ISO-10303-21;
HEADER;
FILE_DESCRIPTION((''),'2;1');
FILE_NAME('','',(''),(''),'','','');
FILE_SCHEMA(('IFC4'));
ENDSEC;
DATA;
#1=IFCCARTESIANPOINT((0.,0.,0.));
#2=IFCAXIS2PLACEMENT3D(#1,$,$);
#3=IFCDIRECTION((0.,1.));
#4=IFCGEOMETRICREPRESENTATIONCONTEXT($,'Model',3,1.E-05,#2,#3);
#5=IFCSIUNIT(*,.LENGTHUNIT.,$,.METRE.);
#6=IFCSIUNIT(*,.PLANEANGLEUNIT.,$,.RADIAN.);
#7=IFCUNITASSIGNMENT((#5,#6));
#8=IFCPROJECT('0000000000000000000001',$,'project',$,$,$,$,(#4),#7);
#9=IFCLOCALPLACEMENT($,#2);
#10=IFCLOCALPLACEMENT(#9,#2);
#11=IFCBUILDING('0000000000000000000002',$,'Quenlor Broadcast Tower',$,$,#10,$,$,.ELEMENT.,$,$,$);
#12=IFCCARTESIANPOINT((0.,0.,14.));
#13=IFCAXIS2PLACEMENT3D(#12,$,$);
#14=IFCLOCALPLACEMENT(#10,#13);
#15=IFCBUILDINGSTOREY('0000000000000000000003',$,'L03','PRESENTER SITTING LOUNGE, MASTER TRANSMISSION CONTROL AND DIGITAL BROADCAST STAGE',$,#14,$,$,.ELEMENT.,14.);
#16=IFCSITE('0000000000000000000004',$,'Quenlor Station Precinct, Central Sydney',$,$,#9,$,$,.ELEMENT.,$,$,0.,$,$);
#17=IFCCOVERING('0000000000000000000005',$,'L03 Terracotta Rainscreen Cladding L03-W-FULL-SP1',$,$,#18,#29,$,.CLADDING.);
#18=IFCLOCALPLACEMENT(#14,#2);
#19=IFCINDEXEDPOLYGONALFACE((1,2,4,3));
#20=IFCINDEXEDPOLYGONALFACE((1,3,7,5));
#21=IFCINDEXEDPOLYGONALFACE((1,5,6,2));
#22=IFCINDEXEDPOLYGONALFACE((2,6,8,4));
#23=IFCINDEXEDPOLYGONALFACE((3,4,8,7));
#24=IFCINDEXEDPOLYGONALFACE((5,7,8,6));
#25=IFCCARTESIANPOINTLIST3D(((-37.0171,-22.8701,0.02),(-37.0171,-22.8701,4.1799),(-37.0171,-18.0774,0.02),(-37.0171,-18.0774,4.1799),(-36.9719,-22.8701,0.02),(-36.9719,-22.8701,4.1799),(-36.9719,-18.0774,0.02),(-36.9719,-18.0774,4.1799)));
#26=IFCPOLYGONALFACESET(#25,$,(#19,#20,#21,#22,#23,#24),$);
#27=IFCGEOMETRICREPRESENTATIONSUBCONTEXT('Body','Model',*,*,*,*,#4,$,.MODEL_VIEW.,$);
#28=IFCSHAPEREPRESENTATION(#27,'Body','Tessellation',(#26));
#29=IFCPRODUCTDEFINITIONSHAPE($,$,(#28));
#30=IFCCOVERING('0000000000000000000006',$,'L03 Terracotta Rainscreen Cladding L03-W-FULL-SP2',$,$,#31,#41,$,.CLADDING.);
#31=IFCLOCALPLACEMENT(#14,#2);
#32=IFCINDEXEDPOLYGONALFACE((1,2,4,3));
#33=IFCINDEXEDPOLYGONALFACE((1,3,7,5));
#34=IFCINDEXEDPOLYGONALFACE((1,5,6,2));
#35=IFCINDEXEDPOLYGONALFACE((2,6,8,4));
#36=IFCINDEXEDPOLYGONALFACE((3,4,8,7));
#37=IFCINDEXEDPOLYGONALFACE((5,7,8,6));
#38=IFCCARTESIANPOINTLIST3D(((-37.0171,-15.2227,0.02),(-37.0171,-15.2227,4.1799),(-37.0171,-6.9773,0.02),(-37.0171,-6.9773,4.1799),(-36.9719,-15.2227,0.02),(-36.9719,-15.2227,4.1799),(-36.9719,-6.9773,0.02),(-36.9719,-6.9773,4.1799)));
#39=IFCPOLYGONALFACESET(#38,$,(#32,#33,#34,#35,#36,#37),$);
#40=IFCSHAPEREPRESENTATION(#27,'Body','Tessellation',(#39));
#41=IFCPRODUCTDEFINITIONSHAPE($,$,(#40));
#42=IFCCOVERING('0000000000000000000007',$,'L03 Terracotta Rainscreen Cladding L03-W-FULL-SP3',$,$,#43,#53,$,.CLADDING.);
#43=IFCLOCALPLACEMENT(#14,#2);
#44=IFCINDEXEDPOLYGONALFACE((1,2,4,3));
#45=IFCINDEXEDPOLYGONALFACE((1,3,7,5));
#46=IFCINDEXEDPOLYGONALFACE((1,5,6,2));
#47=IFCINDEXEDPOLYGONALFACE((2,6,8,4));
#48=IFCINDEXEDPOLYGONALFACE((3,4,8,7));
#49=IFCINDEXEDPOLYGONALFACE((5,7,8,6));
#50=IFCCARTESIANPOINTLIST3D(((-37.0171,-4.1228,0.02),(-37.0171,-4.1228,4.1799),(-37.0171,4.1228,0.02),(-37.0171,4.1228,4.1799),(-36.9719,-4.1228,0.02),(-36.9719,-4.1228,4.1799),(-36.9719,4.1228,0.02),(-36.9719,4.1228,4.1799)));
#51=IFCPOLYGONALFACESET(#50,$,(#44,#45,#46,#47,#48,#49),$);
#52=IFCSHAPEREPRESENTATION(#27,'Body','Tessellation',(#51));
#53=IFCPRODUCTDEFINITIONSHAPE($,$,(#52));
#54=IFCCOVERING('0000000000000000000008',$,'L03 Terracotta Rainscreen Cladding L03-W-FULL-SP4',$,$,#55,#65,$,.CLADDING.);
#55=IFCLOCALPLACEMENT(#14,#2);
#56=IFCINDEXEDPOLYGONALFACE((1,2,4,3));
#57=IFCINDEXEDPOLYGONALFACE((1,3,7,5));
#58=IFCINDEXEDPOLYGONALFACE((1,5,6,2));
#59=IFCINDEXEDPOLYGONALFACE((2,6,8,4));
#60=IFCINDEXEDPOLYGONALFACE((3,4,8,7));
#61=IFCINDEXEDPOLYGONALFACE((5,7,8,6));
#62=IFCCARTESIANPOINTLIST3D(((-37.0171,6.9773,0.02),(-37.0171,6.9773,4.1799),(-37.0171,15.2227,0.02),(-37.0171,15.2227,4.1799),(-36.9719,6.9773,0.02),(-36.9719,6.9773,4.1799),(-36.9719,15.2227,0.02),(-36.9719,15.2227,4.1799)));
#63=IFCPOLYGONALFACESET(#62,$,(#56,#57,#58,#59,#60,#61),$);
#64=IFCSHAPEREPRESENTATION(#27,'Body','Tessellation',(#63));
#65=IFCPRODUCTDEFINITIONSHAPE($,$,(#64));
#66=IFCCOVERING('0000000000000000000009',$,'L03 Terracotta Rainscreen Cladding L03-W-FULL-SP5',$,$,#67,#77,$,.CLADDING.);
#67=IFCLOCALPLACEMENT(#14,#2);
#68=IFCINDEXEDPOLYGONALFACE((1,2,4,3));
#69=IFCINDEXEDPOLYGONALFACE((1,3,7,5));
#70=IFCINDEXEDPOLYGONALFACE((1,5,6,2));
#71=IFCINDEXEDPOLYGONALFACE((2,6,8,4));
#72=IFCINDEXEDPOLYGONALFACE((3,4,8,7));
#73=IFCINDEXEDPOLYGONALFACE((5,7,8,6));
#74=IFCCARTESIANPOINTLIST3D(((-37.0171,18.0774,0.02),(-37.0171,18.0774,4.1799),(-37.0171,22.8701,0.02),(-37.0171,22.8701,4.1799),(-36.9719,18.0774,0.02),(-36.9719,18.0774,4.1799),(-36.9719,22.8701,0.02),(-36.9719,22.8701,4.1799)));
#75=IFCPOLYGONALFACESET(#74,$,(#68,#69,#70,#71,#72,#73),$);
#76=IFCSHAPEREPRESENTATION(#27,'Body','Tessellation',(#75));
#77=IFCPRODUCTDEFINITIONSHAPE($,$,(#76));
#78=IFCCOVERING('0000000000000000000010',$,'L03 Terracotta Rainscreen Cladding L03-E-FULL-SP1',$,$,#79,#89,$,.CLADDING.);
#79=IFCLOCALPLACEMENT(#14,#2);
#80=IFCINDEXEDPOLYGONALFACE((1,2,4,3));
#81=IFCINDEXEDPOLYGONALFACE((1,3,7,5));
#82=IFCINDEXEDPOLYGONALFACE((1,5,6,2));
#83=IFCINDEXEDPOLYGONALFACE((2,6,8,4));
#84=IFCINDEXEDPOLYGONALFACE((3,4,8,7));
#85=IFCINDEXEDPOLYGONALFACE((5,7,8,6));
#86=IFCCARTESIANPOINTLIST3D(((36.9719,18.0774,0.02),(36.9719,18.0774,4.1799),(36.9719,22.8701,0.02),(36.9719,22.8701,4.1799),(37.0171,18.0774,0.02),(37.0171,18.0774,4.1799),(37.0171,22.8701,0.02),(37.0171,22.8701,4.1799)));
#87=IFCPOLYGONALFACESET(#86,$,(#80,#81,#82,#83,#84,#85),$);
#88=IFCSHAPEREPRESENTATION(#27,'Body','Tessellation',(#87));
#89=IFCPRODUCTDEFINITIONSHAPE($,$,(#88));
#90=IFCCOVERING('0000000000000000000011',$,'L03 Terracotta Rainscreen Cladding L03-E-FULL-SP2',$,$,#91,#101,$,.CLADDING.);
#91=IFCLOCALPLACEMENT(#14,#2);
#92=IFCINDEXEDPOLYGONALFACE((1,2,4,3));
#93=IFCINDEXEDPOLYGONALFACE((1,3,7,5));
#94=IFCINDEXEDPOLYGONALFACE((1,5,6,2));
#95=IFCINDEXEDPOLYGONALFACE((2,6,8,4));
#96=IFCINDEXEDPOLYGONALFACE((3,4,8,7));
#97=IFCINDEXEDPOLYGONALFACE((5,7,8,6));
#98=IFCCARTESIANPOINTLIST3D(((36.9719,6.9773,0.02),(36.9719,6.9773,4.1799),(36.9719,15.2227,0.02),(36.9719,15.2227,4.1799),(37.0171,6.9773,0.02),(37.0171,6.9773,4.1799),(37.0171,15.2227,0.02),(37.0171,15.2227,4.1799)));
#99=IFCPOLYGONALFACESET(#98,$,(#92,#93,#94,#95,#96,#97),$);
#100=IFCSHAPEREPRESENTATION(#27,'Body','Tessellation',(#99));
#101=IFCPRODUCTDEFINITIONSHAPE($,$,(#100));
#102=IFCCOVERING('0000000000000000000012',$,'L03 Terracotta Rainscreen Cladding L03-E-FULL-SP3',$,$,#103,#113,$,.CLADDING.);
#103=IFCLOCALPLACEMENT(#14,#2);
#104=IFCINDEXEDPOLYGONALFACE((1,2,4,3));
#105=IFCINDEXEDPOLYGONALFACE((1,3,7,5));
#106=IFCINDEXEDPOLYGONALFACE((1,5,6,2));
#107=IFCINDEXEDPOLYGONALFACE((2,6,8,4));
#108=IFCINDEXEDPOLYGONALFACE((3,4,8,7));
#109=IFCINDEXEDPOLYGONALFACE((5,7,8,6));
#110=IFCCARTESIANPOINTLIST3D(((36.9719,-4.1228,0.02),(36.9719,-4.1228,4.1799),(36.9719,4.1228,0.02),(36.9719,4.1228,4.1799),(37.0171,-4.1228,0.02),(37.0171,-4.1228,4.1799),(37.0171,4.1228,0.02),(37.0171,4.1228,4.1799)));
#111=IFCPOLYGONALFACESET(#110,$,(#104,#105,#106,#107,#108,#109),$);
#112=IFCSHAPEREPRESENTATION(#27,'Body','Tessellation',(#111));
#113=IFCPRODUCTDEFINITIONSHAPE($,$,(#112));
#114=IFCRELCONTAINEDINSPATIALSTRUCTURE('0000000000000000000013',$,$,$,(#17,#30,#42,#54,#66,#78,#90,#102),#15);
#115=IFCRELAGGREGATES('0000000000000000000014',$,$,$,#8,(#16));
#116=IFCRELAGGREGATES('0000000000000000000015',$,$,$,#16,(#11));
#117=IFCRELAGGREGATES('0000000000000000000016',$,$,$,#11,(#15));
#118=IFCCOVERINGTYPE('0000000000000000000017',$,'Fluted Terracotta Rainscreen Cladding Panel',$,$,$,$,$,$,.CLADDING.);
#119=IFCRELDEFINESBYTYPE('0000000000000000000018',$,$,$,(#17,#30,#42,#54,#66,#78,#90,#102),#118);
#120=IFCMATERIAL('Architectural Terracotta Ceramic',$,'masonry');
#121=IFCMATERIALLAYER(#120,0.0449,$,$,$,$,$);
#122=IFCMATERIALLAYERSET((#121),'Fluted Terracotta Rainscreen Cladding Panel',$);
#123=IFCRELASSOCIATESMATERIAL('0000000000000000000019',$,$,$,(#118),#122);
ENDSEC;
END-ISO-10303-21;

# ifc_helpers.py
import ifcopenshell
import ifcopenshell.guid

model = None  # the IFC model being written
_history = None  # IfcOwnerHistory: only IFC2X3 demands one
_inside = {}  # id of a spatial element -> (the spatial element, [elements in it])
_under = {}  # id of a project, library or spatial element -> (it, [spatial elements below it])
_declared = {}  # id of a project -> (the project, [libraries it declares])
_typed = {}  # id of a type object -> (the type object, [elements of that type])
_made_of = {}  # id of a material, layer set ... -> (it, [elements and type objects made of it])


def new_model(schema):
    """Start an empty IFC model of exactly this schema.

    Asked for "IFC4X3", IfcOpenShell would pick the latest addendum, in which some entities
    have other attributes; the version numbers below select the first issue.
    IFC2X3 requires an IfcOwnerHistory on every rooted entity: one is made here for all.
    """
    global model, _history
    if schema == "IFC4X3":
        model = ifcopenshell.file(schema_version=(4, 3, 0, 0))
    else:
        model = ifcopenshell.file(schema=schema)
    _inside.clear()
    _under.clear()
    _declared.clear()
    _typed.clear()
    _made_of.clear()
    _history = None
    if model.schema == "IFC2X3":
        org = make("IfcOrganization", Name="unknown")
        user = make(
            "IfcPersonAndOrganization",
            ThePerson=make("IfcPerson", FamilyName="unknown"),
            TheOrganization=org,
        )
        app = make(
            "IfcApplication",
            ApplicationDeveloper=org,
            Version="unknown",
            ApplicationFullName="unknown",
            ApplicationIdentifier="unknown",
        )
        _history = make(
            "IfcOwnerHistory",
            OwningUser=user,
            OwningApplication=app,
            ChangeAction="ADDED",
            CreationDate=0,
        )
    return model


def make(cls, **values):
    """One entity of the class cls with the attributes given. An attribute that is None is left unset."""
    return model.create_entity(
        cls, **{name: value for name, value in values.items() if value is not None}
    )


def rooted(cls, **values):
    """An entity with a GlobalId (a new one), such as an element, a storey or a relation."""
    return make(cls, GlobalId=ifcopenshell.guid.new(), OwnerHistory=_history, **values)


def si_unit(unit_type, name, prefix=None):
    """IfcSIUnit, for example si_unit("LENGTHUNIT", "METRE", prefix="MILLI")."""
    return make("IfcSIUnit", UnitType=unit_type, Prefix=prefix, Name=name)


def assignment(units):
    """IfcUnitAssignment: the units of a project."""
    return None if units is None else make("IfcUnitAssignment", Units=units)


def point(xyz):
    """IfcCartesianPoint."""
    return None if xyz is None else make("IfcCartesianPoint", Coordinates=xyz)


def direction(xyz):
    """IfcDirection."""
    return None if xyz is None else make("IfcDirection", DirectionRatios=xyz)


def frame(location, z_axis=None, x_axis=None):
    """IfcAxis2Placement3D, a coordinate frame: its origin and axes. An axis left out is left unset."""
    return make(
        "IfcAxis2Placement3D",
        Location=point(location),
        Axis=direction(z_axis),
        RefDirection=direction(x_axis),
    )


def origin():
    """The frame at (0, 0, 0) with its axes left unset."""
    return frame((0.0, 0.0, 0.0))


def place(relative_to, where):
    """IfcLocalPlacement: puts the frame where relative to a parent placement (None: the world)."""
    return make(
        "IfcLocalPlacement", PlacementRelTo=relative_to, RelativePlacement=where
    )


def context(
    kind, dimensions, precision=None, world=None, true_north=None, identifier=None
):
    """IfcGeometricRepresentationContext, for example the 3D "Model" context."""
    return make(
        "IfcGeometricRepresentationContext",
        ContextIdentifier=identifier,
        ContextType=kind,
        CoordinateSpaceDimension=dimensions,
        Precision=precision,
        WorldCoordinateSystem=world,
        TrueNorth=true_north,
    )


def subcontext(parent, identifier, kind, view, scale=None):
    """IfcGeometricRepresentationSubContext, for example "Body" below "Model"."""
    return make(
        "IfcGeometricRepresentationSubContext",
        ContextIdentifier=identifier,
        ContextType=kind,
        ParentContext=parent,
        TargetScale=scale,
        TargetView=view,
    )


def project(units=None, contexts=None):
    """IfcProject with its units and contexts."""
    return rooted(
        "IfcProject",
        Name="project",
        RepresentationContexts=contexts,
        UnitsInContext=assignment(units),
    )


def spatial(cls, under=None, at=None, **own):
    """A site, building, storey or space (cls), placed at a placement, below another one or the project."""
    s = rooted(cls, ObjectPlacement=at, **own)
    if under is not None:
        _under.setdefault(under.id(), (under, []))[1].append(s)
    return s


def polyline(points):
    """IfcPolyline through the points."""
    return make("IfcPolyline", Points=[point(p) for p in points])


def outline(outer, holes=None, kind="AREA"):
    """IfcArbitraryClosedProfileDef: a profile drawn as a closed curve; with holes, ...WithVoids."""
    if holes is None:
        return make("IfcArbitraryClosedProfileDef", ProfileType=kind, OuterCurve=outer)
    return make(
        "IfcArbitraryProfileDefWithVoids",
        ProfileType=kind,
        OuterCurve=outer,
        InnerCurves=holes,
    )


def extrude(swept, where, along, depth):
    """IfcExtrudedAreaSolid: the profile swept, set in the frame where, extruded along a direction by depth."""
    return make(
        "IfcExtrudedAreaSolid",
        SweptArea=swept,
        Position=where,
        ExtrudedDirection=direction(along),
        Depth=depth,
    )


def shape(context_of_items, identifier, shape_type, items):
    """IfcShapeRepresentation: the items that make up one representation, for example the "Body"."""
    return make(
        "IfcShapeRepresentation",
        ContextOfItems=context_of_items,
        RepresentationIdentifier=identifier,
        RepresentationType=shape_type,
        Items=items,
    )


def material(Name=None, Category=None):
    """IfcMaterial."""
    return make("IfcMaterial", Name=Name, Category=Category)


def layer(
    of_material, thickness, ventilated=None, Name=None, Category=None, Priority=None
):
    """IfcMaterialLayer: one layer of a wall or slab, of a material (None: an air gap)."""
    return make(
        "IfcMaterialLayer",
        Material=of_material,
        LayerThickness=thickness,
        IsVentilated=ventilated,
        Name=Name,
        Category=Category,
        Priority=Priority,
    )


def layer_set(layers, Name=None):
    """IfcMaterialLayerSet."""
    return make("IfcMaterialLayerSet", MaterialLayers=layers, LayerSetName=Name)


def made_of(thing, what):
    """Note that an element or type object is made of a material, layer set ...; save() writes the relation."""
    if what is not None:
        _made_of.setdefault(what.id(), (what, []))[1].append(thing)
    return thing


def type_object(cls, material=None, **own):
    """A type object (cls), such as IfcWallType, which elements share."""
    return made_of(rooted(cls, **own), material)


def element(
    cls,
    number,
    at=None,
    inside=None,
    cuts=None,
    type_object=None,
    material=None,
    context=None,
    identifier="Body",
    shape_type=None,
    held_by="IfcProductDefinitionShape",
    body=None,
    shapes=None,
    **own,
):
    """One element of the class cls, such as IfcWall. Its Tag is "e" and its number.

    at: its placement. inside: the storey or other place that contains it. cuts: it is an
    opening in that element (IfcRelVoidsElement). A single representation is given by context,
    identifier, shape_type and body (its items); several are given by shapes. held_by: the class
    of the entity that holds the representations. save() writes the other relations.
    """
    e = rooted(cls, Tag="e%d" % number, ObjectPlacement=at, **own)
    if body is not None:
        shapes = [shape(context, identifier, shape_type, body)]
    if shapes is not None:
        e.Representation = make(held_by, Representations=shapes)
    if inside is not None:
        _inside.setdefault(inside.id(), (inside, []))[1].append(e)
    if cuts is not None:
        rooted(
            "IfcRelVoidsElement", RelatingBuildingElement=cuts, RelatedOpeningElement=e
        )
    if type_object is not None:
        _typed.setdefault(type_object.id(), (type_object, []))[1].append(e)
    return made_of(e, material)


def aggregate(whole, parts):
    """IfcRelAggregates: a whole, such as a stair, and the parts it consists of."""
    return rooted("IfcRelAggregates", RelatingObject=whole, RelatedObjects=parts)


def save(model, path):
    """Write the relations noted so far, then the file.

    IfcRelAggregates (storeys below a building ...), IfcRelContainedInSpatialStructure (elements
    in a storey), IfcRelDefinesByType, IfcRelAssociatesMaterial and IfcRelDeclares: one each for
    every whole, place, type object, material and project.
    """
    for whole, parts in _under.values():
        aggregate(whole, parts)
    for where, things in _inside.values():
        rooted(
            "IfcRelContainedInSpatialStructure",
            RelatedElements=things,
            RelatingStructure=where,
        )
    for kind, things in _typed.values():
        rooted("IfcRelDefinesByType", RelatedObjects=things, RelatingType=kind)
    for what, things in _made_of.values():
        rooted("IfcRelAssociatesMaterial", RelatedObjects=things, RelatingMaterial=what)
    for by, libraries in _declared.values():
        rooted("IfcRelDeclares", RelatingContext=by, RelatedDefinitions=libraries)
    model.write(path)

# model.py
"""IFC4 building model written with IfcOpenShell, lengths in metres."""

from ifc_helpers import new_model, si_unit, direction, frame, origin, place, context, subcontext, project, spatial, polyline, outline, extrude, material, layer, layer_set, type_object, element, save


model = new_model("IFC4")

# Units and contexts
model_context = context("Model", 3, precision=1e-05, world=origin(), true_north=direction((0.0, 1.0)))
body_context = subcontext(model_context, "Body", "Model", "MODEL_VIEW")
ifc_project = project(units=[si_unit("LENGTHUNIT", "METRE"), si_unit("PLANEANGLEUNIT", "RADIAN")], contexts=[model_context])

# Site, building, storey
site_placement = place(None, origin())
site = spatial("IfcSite", under=ifc_project, at=site_placement, Name="Quenlor Station Precinct, Central Sydney", CompositionType="ELEMENT", RefElevation=0.0)
building_placement = place(site_placement, origin())
building = spatial("IfcBuilding", under=site, at=building_placement, Name="Quenlor Broadcast Tower", CompositionType="ELEMENT")
storey_placement = place(building_placement, frame((0.0, 0.0, 14.0)))
storey = spatial("IfcBuildingStorey", under=building, at=storey_placement, Name="L03", Description="PRESENTER SITTING LOUNGE, MASTER TRANSMISSION CONTROL AND DIGITAL BROADCAST STAGE", CompositionType="ELEMENT", Elevation=14.0)

# Coverings
ifc_material_1 = material(Name="Architectural Terracotta Ceramic", Category="masonry")
ifc_layer_1 = layer(ifc_material_1, 0.0449)
ifc_layer_set_1 = layer_set([ifc_layer_1], Name="Fluted Terracotta Rainscreen Cladding Panel")
covering_type = type_object("IfcCoveringType", Name="Fluted Terracotta Rainscreen Cladding Panel", PredefinedType="CLADDING", material=ifc_layer_set_1)
covering_1_placement = place(storey_placement, frame((0.0, 0.0, 0.02)))
element("IfcCovering", 1, at=covering_1_placement, inside=storey, type_object=covering_type, Name="L03 Terracotta Rainscreen Cladding L03-W-FULL-SP1", PredefinedType="CLADDING", context=body_context, shape_type="SweptSolid", body=[
    extrude(outline(polyline([(-36.9719, -22.8701), (-36.9719, -18.0774), (-37.0171, -18.0774), (-37.0171, -22.8701), (-36.9719, -22.8701)])), origin(), (0.0, 0.0, 1.0), 4.1599),
])
covering_2_placement = place(storey_placement, frame((0.0, 0.0, 0.02)))
element("IfcCovering", 2, at=covering_2_placement, inside=storey, type_object=covering_type, Name="L03 Terracotta Rainscreen Cladding L03-W-FULL-SP2", PredefinedType="CLADDING", context=body_context, shape_type="SweptSolid", body=[
    extrude(outline(polyline([(-36.9719, -15.2227), (-36.9719, -6.9773), (-37.0171, -6.9773), (-37.0171, -15.2227), (-36.9719, -15.2227)])), origin(), (0.0, 0.0, 1.0), 4.1599),
])
covering_3_placement = place(storey_placement, frame((0.0, 0.0, 0.02)))
element("IfcCovering", 3, at=covering_3_placement, inside=storey, type_object=covering_type, Name="L03 Terracotta Rainscreen Cladding L03-W-FULL-SP3", PredefinedType="CLADDING", context=body_context, shape_type="SweptSolid", body=[
    extrude(outline(polyline([(-36.9719, -4.1228), (-36.9719, 4.1228), (-37.0171, 4.1228), (-37.0171, -4.1228), (-36.9719, -4.1228)])), origin(), (0.0, 0.0, 1.0), 4.1599),
])
covering_4_placement = place(storey_placement, frame((0.0, 0.0, 0.02)))
element("IfcCovering", 4, at=covering_4_placement, inside=storey, type_object=covering_type, Name="L03 Terracotta Rainscreen Cladding L03-W-FULL-SP4", PredefinedType="CLADDING", context=body_context, shape_type="SweptSolid", body=[
    extrude(outline(polyline([(-36.9719, 6.9773), (-36.9719, 15.2227), (-37.0171, 15.2227), (-37.0171, 6.9773), (-36.9719, 6.9773)])), origin(), (0.0, 0.0, 1.0), 4.1599),
])
covering_5_placement = place(storey_placement, frame((0.0, 0.0, 0.02)))
element("IfcCovering", 5, at=covering_5_placement, inside=storey, type_object=covering_type, Name="L03 Terracotta Rainscreen Cladding L03-W-FULL-SP5", PredefinedType="CLADDING", context=body_context, shape_type="SweptSolid", body=[
    extrude(outline(polyline([(-36.9719, 18.0774), (-36.9719, 22.8701), (-37.0171, 22.8701), (-37.0171, 18.0774), (-36.9719, 18.0774)])), origin(), (0.0, 0.0, 1.0), 4.1599),
])
covering_6_placement = place(storey_placement, frame((0.0, 0.0, 0.02)))
element("IfcCovering", 6, at=covering_6_placement, inside=storey, type_object=covering_type, Name="L03 Terracotta Rainscreen Cladding L03-E-FULL-SP1", PredefinedType="CLADDING", context=body_context, shape_type="SweptSolid", body=[
    extrude(outline(polyline([(36.9719, 22.8701), (36.9719, 18.0774), (37.0171, 18.0774), (37.0171, 22.8701), (36.9719, 22.8701)])), origin(), (0.0, 0.0, 1.0), 4.1599),
])
covering_7_placement = place(storey_placement, frame((0.0, 0.0, 0.02)))
element("IfcCovering", 7, at=covering_7_placement, inside=storey, type_object=covering_type, Name="L03 Terracotta Rainscreen Cladding L03-E-FULL-SP2", PredefinedType="CLADDING", context=body_context, shape_type="SweptSolid", body=[
    extrude(outline(polyline([(36.9719, 15.2227), (36.9719, 6.9773), (37.0171, 6.9773), (37.0171, 15.2227), (36.9719, 15.2227)])), origin(), (0.0, 0.0, 1.0), 4.1599),
])
covering_8_placement = place(storey_placement, frame((0.0, 0.0, 0.02)))
element("IfcCovering", 8, at=covering_8_placement, inside=storey, type_object=covering_type, Name="L03 Terracotta Rainscreen Cladding L03-E-FULL-SP3", PredefinedType="CLADDING", context=body_context, shape_type="SweptSolid", body=[
    extrude(outline(polyline([(36.9719, 4.1228), (36.9719, -4.1228), (37.0171, -4.1228), (37.0171, 4.1228), (36.9719, 4.1228)])), origin(), (0.0, 0.0, 1.0), 4.1599),
])

save(model, "model.ifc")
